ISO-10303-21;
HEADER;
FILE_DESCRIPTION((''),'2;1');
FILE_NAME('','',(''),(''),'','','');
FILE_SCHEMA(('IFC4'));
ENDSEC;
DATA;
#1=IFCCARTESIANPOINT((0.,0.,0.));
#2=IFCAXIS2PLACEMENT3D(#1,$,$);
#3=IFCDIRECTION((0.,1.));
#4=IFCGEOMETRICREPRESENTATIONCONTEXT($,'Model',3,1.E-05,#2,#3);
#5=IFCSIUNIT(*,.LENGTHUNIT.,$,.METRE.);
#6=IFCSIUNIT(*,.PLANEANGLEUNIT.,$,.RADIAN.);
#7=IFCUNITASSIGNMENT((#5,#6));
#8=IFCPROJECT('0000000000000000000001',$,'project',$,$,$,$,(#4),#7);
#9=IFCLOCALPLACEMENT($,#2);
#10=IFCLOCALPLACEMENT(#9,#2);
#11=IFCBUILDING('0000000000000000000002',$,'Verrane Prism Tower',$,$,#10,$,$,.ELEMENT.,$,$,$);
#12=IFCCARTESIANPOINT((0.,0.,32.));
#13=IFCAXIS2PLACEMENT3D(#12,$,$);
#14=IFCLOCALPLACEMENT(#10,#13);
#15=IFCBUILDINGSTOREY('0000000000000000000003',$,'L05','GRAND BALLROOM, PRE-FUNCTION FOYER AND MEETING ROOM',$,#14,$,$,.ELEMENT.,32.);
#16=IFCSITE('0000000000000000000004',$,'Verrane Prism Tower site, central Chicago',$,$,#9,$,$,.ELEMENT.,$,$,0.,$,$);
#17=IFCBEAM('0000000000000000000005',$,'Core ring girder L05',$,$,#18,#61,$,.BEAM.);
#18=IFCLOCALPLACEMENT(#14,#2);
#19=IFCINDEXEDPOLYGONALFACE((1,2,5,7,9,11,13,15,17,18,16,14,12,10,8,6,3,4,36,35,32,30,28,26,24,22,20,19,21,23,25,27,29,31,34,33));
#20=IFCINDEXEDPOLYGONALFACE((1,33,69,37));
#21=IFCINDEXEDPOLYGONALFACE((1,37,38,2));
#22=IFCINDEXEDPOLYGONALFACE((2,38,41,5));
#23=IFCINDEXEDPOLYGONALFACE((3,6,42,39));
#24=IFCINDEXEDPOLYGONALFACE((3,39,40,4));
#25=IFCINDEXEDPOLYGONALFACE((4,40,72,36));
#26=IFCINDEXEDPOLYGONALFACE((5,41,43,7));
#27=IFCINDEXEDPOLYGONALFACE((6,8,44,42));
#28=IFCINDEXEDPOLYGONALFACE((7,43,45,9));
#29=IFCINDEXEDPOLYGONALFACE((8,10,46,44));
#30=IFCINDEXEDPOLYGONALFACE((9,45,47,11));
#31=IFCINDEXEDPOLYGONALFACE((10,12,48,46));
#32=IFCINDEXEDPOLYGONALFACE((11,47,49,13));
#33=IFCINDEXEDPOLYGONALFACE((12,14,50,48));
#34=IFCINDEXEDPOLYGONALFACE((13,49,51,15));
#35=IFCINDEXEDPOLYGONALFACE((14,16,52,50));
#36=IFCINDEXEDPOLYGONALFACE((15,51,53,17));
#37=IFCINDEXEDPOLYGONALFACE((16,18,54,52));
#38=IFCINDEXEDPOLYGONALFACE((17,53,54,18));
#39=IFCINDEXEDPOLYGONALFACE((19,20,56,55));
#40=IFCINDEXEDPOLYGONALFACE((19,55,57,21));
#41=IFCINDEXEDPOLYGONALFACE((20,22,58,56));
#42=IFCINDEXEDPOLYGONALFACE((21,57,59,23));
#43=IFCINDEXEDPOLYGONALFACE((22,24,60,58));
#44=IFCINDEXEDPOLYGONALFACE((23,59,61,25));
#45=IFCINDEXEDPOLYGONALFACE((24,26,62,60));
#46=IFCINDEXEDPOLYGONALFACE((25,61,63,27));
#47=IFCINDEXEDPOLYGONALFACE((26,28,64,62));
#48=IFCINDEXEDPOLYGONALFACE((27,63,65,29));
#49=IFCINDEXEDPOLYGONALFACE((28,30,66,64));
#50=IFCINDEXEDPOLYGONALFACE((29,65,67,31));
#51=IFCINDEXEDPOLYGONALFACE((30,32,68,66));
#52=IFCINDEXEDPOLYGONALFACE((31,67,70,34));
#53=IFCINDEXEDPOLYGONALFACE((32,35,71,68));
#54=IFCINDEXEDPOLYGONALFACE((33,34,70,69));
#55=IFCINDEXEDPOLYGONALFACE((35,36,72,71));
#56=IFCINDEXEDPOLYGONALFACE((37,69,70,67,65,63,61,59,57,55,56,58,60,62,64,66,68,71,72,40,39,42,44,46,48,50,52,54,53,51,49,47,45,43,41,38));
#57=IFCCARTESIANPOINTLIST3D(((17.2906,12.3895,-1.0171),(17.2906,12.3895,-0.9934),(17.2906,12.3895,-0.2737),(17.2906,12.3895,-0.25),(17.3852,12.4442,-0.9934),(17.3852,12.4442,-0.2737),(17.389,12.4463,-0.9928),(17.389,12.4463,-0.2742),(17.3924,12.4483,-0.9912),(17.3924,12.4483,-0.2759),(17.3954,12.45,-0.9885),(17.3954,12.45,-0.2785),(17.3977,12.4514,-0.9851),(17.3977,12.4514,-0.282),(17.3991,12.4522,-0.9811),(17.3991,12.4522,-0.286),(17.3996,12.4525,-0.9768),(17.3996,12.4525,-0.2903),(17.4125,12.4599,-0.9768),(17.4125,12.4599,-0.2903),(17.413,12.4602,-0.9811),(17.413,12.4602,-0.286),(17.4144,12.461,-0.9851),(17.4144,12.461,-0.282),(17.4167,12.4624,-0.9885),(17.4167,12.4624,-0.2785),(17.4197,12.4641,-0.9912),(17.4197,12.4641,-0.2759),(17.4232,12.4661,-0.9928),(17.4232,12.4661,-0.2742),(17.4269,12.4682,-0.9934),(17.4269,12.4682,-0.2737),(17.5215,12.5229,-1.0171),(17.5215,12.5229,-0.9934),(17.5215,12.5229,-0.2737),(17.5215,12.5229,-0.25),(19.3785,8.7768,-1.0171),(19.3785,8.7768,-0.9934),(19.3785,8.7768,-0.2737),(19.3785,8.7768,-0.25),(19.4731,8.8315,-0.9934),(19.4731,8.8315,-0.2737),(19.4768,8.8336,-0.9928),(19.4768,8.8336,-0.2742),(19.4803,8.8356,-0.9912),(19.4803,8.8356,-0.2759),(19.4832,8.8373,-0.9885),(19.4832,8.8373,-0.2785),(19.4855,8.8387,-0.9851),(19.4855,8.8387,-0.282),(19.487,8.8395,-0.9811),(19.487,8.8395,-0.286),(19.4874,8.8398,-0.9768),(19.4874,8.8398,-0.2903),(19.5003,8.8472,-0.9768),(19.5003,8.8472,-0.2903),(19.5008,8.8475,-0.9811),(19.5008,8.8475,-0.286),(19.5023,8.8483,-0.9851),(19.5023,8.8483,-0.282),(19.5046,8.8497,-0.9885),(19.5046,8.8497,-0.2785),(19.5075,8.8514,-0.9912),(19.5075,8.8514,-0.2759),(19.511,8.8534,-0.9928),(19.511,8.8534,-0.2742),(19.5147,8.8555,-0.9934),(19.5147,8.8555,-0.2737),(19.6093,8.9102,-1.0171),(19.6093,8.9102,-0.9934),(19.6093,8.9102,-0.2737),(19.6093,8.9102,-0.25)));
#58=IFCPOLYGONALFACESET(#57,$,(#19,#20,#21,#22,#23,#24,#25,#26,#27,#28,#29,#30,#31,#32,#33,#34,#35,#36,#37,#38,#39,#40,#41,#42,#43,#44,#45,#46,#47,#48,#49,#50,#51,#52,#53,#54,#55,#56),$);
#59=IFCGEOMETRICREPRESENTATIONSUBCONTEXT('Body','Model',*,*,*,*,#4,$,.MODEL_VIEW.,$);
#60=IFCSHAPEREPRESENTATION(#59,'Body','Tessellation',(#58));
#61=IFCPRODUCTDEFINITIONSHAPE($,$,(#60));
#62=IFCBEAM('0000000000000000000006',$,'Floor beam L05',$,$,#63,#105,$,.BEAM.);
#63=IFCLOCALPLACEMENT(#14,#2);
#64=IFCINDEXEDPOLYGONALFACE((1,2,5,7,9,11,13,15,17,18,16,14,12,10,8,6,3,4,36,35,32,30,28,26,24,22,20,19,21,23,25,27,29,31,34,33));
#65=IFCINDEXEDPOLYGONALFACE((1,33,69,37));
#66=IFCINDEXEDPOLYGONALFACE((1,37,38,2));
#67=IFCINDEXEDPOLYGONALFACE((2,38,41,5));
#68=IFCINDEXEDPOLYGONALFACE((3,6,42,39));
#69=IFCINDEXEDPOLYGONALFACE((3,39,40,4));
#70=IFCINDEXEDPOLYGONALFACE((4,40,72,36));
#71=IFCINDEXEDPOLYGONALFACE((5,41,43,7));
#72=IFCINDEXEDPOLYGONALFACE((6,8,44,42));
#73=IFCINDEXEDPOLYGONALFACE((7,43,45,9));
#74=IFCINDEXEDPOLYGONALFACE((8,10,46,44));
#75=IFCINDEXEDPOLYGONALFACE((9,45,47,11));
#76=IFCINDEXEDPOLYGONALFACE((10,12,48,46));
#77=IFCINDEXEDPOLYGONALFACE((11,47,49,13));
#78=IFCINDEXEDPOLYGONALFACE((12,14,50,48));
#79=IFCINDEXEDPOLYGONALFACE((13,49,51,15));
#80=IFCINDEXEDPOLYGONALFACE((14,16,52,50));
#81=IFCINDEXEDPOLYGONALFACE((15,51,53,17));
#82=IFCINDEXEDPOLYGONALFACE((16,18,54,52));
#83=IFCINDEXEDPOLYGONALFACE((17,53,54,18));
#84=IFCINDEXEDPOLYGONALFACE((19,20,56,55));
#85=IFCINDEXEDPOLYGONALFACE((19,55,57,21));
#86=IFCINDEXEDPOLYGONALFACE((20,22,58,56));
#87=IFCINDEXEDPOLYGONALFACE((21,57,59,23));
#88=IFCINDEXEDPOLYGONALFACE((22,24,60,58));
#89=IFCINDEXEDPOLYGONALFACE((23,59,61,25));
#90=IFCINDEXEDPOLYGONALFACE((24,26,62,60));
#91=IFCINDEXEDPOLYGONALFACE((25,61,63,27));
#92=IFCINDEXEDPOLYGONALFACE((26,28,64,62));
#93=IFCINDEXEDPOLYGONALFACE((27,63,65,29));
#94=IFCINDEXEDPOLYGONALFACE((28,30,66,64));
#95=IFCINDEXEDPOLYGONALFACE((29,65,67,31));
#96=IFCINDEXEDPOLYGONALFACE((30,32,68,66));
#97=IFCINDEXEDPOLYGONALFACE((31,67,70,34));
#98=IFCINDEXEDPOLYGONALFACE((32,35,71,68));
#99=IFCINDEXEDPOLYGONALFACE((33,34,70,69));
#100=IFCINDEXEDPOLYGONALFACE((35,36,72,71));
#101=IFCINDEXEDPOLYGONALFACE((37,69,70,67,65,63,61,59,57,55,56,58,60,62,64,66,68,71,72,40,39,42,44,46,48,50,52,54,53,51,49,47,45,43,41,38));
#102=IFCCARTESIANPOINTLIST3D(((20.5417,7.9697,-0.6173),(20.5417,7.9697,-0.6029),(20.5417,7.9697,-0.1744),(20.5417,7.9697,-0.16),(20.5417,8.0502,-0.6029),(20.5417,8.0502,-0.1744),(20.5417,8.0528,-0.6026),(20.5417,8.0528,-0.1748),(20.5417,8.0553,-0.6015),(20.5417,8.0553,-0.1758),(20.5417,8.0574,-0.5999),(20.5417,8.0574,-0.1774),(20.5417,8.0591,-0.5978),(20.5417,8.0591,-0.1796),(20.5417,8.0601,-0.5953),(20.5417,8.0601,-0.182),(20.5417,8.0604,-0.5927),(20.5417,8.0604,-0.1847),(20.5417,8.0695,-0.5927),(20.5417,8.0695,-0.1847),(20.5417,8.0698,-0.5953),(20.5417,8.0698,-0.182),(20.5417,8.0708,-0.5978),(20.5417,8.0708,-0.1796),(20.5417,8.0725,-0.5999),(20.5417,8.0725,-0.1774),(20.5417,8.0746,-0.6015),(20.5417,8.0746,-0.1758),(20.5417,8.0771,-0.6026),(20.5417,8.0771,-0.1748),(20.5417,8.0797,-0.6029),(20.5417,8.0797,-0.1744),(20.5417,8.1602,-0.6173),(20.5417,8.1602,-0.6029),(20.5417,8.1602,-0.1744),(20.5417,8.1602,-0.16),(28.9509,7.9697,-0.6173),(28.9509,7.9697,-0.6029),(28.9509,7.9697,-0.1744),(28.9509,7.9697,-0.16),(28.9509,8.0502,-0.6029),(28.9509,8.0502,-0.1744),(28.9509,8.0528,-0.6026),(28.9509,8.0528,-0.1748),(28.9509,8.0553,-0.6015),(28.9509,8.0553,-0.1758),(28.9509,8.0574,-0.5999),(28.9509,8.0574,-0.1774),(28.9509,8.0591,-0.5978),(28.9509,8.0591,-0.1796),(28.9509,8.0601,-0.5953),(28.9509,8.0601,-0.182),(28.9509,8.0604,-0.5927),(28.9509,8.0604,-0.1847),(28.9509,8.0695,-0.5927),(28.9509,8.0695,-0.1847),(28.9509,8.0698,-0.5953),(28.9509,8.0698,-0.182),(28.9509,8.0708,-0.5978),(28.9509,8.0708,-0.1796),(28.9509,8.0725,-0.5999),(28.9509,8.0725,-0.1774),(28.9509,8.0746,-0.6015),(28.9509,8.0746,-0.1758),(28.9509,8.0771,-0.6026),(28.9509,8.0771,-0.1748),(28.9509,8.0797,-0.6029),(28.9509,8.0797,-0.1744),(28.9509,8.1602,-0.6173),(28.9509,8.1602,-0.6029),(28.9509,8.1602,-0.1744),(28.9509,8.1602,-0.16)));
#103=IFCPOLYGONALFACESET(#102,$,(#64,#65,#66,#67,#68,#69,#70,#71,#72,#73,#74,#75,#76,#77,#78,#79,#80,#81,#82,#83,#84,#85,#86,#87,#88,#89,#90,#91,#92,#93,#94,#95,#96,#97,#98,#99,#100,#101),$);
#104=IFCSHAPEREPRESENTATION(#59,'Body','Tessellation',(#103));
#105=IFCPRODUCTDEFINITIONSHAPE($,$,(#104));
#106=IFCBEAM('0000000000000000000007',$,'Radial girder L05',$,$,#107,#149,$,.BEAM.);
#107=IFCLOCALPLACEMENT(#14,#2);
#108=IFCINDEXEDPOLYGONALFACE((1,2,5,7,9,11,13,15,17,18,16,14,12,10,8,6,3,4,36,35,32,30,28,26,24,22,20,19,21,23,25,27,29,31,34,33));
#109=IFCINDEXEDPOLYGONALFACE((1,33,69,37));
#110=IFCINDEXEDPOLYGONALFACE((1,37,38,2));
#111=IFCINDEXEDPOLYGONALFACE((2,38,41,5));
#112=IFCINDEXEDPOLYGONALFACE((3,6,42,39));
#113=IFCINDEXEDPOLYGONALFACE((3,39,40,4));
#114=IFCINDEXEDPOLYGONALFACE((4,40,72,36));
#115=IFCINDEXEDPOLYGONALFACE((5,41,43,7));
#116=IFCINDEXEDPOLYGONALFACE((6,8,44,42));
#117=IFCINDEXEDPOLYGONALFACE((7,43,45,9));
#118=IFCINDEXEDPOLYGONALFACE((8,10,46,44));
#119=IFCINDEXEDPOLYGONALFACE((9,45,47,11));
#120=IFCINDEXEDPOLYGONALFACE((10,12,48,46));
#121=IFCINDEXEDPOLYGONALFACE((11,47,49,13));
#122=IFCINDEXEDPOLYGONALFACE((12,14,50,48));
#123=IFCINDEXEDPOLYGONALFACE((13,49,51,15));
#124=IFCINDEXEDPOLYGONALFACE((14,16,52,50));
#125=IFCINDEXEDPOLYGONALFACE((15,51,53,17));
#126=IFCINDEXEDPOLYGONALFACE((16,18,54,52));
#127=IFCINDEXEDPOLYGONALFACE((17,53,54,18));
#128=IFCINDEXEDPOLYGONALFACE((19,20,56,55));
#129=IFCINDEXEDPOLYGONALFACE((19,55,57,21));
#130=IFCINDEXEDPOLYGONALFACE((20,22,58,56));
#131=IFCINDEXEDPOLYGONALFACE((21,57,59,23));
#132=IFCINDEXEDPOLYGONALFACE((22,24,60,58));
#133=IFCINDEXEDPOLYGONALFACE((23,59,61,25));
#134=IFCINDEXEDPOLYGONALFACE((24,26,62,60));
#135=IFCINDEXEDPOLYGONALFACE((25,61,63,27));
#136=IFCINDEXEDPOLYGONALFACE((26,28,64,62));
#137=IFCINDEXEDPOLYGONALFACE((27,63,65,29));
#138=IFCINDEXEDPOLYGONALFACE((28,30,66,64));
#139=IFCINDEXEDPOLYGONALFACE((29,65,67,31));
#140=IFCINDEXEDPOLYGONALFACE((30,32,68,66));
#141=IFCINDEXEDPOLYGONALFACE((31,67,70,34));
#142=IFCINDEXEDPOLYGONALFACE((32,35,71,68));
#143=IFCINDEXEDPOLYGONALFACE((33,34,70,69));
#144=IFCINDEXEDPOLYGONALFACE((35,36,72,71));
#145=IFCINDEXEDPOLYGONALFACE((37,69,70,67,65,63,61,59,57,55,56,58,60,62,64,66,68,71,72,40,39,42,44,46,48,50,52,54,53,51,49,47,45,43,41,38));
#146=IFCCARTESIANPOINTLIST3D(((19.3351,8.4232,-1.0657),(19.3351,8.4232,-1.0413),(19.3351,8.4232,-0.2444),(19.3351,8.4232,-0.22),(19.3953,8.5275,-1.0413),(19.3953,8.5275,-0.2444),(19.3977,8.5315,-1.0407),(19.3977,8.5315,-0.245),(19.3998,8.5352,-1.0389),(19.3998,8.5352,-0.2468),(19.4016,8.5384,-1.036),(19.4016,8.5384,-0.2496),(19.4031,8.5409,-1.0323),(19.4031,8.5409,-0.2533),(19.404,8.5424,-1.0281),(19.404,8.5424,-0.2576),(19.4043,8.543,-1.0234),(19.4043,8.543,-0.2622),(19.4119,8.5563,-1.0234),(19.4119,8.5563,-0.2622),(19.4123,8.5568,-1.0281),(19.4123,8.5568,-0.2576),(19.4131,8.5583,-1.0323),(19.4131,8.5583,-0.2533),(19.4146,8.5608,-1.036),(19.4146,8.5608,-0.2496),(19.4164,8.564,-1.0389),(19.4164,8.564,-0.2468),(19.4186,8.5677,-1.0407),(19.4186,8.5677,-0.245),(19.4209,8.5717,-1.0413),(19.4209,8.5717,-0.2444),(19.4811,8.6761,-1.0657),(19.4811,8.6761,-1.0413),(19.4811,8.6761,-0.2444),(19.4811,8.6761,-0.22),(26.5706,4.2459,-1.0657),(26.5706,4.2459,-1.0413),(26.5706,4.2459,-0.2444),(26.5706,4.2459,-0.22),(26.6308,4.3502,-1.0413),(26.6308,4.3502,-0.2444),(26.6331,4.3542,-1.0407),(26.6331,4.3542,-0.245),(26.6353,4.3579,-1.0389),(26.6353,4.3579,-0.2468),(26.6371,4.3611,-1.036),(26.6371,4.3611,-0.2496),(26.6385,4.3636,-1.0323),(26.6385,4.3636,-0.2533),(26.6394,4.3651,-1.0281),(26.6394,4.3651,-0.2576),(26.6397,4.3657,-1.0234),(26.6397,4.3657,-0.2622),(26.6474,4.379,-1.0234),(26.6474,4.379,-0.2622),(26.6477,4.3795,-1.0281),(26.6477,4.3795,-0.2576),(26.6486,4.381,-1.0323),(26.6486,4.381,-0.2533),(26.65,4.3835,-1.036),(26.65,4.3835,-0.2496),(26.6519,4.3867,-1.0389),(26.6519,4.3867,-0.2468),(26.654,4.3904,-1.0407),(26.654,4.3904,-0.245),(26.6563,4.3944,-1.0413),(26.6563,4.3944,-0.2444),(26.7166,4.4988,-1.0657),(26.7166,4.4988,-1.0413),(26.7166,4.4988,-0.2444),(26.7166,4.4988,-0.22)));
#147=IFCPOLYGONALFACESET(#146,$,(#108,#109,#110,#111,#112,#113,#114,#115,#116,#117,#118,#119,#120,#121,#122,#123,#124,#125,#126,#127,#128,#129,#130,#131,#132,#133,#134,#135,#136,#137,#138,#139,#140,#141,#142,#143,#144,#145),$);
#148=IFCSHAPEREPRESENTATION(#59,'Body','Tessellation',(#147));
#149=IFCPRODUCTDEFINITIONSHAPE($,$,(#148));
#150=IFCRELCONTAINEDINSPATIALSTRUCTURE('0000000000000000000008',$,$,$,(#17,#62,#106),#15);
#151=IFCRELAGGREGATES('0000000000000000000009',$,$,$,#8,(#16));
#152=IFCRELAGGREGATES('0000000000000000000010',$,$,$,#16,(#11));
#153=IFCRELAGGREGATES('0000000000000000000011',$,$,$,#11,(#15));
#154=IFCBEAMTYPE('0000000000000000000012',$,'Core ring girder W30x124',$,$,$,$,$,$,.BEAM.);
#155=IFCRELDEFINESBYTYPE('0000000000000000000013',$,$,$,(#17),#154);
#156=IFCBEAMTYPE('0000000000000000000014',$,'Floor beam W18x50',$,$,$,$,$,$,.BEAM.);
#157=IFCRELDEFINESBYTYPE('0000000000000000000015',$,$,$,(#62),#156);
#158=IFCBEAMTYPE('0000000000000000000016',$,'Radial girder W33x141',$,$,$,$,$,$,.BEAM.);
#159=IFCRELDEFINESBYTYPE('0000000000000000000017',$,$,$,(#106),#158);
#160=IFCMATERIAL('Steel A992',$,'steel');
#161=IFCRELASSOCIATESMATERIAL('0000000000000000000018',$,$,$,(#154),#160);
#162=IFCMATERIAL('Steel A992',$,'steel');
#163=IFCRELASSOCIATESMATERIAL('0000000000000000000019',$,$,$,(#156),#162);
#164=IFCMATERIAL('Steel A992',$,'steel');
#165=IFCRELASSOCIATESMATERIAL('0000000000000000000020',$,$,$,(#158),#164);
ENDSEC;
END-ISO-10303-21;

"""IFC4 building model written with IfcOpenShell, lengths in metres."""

from ifc_helpers import new_model, si_unit, direction, frame, origin, origin_2d, place, context, subcontext, project, spatial, i_section, extrude, material, material_profile, profile_set, type_object, element, save


model = new_model("IFC4")

# Units and contexts
model_context = context("Model", 3, precision=1e-05, world=origin(), true_north=direction((0.0, 1.0)))
body_context = subcontext(model_context, "Body", "Model", "MODEL_VIEW")
ifc_project = project(units=[si_unit("LENGTHUNIT", "METRE"), si_unit("PLANEANGLEUNIT", "RADIAN")], contexts=[model_context])

# Site, building, storey
site_placement = place(None, origin())
site = spatial("IfcSite", under=ifc_project, at=site_placement, Name="Verrane Prism Tower site, central Chicago", CompositionType="ELEMENT", RefElevation=0.0)
building_placement = place(site_placement, origin())
building = spatial("IfcBuilding", under=site, at=building_placement, Name="Verrane Prism Tower", CompositionType="ELEMENT")
storey_placement = place(building_placement, frame((0.0, 0.0, 32.0)))
storey = spatial("IfcBuildingStorey", under=building, at=storey_placement, Name="L05", Description="GRAND BALLROOM, PRE-FUNCTION FOYER AND MEETING ROOM", CompositionType="ELEMENT", Elevation=32.0)

# Beams
ifc_material_1 = material(Name="Steel A992", Category="steel")
ifc_material_profile_1 = material_profile(ifc_material_1, i_section(OverallWidth=0.2666, OverallDepth=0.7671, WebThickness=0.0149, FlangeThickness=0.0237, FilletRadius=0.0166, at=origin_2d()), Name="W30x124")
ifc_profile_set_1 = profile_set([ifc_material_profile_1], Name="Steel A992")
beam_type_1 = type_object("IfcBeamType", Name="Core ring girder W30x124", PredefinedType="BEAM", material=ifc_profile_set_1)
beam_1_placement = place(storey_placement, frame((19.4939, 8.8435, -0.6335), z_axis=(-0.500367, 0.865813, 0.0), x_axis=(-0.865813, -0.500367, 0.0)))
element("IfcBeam", 1, at=beam_1_placement, inside=storey, type_object=beam_type_1, Name="Core ring girder L05", PredefinedType="BEAM", context=body_context, shape_type="SweptSolid", body=[
    extrude(i_section(OverallWidth=0.2666, OverallDepth=0.7671, WebThickness=0.0149, FlangeThickness=0.0237, FilletRadius=0.0166, at=origin_2d()), origin(), (0.0, 0.0, 1.0), 4.1726),
])
ifc_material_2 = material(Name="Steel A992", Category="steel")
ifc_material_profile_2 = material_profile(ifc_material_2, i_section(OverallWidth=0.1904, OverallDepth=0.4573, WebThickness=0.009, FlangeThickness=0.0144, FilletRadius=0.0103, at=origin_2d()), Name="W18x50")
ifc_profile_set_2 = profile_set([ifc_material_profile_2], Name="Steel A992")
beam_type_2 = type_object("IfcBeamType", Name="Floor beam W18x50", PredefinedType="BEAM", material=ifc_profile_set_2)
beam_2_placement = place(storey_placement, frame((20.5417, 8.0649, -0.3887), z_axis=(1.0, 0.0, 0.0), x_axis=(0.0, 1.0, 0.0)))
element("IfcBeam", 2, at=beam_2_placement, inside=storey, type_object=beam_type_2, Name="Floor beam L05", PredefinedType="BEAM", context=body_context, shape_type="SweptSolid", body=[
    extrude(i_section(OverallWidth=0.1904, OverallDepth=0.4573, WebThickness=0.009, FlangeThickness=0.0144, FilletRadius=0.0103, at=origin_2d()), origin(), (0.0, 0.0, 1.0), 8.4092),
])
ifc_material_3 = material(Name="Steel A992", Category="steel")
ifc_material_profile_3 = material_profile(ifc_material_3, i_section(OverallWidth=0.292, OverallDepth=0.8457, WebThickness=0.0154, FlangeThickness=0.0244, FilletRadius=0.0178, at=origin_2d()), Name="W33x141")
ifc_profile_set_3 = profile_set([ifc_material_profile_3], Name="Steel A992")
beam_type_3 = type_object("IfcBeamType", Name="Radial girder W33x141", PredefinedType="BEAM", material=ifc_profile_set_3)
beam_3_placement = place(storey_placement, frame((26.6436, 4.3723, -0.6428), z_axis=(-0.86603, 0.499992, 0.0), x_axis=(-0.499992, -0.86603, 0.0)))
element("IfcBeam", 3, at=beam_3_placement, inside=storey, type_object=beam_type_3, Name="Radial girder L05", PredefinedType="BEAM", context=body_context, shape_type="SweptSolid", body=[
    extrude(i_section(OverallWidth=0.292, OverallDepth=0.8457, WebThickness=0.0154, FlangeThickness=0.0244, FilletRadius=0.0178, at=origin_2d()), origin(), (0.0, 0.0, 1.0), 8.3547),
])

save(model, "model.ifc")
